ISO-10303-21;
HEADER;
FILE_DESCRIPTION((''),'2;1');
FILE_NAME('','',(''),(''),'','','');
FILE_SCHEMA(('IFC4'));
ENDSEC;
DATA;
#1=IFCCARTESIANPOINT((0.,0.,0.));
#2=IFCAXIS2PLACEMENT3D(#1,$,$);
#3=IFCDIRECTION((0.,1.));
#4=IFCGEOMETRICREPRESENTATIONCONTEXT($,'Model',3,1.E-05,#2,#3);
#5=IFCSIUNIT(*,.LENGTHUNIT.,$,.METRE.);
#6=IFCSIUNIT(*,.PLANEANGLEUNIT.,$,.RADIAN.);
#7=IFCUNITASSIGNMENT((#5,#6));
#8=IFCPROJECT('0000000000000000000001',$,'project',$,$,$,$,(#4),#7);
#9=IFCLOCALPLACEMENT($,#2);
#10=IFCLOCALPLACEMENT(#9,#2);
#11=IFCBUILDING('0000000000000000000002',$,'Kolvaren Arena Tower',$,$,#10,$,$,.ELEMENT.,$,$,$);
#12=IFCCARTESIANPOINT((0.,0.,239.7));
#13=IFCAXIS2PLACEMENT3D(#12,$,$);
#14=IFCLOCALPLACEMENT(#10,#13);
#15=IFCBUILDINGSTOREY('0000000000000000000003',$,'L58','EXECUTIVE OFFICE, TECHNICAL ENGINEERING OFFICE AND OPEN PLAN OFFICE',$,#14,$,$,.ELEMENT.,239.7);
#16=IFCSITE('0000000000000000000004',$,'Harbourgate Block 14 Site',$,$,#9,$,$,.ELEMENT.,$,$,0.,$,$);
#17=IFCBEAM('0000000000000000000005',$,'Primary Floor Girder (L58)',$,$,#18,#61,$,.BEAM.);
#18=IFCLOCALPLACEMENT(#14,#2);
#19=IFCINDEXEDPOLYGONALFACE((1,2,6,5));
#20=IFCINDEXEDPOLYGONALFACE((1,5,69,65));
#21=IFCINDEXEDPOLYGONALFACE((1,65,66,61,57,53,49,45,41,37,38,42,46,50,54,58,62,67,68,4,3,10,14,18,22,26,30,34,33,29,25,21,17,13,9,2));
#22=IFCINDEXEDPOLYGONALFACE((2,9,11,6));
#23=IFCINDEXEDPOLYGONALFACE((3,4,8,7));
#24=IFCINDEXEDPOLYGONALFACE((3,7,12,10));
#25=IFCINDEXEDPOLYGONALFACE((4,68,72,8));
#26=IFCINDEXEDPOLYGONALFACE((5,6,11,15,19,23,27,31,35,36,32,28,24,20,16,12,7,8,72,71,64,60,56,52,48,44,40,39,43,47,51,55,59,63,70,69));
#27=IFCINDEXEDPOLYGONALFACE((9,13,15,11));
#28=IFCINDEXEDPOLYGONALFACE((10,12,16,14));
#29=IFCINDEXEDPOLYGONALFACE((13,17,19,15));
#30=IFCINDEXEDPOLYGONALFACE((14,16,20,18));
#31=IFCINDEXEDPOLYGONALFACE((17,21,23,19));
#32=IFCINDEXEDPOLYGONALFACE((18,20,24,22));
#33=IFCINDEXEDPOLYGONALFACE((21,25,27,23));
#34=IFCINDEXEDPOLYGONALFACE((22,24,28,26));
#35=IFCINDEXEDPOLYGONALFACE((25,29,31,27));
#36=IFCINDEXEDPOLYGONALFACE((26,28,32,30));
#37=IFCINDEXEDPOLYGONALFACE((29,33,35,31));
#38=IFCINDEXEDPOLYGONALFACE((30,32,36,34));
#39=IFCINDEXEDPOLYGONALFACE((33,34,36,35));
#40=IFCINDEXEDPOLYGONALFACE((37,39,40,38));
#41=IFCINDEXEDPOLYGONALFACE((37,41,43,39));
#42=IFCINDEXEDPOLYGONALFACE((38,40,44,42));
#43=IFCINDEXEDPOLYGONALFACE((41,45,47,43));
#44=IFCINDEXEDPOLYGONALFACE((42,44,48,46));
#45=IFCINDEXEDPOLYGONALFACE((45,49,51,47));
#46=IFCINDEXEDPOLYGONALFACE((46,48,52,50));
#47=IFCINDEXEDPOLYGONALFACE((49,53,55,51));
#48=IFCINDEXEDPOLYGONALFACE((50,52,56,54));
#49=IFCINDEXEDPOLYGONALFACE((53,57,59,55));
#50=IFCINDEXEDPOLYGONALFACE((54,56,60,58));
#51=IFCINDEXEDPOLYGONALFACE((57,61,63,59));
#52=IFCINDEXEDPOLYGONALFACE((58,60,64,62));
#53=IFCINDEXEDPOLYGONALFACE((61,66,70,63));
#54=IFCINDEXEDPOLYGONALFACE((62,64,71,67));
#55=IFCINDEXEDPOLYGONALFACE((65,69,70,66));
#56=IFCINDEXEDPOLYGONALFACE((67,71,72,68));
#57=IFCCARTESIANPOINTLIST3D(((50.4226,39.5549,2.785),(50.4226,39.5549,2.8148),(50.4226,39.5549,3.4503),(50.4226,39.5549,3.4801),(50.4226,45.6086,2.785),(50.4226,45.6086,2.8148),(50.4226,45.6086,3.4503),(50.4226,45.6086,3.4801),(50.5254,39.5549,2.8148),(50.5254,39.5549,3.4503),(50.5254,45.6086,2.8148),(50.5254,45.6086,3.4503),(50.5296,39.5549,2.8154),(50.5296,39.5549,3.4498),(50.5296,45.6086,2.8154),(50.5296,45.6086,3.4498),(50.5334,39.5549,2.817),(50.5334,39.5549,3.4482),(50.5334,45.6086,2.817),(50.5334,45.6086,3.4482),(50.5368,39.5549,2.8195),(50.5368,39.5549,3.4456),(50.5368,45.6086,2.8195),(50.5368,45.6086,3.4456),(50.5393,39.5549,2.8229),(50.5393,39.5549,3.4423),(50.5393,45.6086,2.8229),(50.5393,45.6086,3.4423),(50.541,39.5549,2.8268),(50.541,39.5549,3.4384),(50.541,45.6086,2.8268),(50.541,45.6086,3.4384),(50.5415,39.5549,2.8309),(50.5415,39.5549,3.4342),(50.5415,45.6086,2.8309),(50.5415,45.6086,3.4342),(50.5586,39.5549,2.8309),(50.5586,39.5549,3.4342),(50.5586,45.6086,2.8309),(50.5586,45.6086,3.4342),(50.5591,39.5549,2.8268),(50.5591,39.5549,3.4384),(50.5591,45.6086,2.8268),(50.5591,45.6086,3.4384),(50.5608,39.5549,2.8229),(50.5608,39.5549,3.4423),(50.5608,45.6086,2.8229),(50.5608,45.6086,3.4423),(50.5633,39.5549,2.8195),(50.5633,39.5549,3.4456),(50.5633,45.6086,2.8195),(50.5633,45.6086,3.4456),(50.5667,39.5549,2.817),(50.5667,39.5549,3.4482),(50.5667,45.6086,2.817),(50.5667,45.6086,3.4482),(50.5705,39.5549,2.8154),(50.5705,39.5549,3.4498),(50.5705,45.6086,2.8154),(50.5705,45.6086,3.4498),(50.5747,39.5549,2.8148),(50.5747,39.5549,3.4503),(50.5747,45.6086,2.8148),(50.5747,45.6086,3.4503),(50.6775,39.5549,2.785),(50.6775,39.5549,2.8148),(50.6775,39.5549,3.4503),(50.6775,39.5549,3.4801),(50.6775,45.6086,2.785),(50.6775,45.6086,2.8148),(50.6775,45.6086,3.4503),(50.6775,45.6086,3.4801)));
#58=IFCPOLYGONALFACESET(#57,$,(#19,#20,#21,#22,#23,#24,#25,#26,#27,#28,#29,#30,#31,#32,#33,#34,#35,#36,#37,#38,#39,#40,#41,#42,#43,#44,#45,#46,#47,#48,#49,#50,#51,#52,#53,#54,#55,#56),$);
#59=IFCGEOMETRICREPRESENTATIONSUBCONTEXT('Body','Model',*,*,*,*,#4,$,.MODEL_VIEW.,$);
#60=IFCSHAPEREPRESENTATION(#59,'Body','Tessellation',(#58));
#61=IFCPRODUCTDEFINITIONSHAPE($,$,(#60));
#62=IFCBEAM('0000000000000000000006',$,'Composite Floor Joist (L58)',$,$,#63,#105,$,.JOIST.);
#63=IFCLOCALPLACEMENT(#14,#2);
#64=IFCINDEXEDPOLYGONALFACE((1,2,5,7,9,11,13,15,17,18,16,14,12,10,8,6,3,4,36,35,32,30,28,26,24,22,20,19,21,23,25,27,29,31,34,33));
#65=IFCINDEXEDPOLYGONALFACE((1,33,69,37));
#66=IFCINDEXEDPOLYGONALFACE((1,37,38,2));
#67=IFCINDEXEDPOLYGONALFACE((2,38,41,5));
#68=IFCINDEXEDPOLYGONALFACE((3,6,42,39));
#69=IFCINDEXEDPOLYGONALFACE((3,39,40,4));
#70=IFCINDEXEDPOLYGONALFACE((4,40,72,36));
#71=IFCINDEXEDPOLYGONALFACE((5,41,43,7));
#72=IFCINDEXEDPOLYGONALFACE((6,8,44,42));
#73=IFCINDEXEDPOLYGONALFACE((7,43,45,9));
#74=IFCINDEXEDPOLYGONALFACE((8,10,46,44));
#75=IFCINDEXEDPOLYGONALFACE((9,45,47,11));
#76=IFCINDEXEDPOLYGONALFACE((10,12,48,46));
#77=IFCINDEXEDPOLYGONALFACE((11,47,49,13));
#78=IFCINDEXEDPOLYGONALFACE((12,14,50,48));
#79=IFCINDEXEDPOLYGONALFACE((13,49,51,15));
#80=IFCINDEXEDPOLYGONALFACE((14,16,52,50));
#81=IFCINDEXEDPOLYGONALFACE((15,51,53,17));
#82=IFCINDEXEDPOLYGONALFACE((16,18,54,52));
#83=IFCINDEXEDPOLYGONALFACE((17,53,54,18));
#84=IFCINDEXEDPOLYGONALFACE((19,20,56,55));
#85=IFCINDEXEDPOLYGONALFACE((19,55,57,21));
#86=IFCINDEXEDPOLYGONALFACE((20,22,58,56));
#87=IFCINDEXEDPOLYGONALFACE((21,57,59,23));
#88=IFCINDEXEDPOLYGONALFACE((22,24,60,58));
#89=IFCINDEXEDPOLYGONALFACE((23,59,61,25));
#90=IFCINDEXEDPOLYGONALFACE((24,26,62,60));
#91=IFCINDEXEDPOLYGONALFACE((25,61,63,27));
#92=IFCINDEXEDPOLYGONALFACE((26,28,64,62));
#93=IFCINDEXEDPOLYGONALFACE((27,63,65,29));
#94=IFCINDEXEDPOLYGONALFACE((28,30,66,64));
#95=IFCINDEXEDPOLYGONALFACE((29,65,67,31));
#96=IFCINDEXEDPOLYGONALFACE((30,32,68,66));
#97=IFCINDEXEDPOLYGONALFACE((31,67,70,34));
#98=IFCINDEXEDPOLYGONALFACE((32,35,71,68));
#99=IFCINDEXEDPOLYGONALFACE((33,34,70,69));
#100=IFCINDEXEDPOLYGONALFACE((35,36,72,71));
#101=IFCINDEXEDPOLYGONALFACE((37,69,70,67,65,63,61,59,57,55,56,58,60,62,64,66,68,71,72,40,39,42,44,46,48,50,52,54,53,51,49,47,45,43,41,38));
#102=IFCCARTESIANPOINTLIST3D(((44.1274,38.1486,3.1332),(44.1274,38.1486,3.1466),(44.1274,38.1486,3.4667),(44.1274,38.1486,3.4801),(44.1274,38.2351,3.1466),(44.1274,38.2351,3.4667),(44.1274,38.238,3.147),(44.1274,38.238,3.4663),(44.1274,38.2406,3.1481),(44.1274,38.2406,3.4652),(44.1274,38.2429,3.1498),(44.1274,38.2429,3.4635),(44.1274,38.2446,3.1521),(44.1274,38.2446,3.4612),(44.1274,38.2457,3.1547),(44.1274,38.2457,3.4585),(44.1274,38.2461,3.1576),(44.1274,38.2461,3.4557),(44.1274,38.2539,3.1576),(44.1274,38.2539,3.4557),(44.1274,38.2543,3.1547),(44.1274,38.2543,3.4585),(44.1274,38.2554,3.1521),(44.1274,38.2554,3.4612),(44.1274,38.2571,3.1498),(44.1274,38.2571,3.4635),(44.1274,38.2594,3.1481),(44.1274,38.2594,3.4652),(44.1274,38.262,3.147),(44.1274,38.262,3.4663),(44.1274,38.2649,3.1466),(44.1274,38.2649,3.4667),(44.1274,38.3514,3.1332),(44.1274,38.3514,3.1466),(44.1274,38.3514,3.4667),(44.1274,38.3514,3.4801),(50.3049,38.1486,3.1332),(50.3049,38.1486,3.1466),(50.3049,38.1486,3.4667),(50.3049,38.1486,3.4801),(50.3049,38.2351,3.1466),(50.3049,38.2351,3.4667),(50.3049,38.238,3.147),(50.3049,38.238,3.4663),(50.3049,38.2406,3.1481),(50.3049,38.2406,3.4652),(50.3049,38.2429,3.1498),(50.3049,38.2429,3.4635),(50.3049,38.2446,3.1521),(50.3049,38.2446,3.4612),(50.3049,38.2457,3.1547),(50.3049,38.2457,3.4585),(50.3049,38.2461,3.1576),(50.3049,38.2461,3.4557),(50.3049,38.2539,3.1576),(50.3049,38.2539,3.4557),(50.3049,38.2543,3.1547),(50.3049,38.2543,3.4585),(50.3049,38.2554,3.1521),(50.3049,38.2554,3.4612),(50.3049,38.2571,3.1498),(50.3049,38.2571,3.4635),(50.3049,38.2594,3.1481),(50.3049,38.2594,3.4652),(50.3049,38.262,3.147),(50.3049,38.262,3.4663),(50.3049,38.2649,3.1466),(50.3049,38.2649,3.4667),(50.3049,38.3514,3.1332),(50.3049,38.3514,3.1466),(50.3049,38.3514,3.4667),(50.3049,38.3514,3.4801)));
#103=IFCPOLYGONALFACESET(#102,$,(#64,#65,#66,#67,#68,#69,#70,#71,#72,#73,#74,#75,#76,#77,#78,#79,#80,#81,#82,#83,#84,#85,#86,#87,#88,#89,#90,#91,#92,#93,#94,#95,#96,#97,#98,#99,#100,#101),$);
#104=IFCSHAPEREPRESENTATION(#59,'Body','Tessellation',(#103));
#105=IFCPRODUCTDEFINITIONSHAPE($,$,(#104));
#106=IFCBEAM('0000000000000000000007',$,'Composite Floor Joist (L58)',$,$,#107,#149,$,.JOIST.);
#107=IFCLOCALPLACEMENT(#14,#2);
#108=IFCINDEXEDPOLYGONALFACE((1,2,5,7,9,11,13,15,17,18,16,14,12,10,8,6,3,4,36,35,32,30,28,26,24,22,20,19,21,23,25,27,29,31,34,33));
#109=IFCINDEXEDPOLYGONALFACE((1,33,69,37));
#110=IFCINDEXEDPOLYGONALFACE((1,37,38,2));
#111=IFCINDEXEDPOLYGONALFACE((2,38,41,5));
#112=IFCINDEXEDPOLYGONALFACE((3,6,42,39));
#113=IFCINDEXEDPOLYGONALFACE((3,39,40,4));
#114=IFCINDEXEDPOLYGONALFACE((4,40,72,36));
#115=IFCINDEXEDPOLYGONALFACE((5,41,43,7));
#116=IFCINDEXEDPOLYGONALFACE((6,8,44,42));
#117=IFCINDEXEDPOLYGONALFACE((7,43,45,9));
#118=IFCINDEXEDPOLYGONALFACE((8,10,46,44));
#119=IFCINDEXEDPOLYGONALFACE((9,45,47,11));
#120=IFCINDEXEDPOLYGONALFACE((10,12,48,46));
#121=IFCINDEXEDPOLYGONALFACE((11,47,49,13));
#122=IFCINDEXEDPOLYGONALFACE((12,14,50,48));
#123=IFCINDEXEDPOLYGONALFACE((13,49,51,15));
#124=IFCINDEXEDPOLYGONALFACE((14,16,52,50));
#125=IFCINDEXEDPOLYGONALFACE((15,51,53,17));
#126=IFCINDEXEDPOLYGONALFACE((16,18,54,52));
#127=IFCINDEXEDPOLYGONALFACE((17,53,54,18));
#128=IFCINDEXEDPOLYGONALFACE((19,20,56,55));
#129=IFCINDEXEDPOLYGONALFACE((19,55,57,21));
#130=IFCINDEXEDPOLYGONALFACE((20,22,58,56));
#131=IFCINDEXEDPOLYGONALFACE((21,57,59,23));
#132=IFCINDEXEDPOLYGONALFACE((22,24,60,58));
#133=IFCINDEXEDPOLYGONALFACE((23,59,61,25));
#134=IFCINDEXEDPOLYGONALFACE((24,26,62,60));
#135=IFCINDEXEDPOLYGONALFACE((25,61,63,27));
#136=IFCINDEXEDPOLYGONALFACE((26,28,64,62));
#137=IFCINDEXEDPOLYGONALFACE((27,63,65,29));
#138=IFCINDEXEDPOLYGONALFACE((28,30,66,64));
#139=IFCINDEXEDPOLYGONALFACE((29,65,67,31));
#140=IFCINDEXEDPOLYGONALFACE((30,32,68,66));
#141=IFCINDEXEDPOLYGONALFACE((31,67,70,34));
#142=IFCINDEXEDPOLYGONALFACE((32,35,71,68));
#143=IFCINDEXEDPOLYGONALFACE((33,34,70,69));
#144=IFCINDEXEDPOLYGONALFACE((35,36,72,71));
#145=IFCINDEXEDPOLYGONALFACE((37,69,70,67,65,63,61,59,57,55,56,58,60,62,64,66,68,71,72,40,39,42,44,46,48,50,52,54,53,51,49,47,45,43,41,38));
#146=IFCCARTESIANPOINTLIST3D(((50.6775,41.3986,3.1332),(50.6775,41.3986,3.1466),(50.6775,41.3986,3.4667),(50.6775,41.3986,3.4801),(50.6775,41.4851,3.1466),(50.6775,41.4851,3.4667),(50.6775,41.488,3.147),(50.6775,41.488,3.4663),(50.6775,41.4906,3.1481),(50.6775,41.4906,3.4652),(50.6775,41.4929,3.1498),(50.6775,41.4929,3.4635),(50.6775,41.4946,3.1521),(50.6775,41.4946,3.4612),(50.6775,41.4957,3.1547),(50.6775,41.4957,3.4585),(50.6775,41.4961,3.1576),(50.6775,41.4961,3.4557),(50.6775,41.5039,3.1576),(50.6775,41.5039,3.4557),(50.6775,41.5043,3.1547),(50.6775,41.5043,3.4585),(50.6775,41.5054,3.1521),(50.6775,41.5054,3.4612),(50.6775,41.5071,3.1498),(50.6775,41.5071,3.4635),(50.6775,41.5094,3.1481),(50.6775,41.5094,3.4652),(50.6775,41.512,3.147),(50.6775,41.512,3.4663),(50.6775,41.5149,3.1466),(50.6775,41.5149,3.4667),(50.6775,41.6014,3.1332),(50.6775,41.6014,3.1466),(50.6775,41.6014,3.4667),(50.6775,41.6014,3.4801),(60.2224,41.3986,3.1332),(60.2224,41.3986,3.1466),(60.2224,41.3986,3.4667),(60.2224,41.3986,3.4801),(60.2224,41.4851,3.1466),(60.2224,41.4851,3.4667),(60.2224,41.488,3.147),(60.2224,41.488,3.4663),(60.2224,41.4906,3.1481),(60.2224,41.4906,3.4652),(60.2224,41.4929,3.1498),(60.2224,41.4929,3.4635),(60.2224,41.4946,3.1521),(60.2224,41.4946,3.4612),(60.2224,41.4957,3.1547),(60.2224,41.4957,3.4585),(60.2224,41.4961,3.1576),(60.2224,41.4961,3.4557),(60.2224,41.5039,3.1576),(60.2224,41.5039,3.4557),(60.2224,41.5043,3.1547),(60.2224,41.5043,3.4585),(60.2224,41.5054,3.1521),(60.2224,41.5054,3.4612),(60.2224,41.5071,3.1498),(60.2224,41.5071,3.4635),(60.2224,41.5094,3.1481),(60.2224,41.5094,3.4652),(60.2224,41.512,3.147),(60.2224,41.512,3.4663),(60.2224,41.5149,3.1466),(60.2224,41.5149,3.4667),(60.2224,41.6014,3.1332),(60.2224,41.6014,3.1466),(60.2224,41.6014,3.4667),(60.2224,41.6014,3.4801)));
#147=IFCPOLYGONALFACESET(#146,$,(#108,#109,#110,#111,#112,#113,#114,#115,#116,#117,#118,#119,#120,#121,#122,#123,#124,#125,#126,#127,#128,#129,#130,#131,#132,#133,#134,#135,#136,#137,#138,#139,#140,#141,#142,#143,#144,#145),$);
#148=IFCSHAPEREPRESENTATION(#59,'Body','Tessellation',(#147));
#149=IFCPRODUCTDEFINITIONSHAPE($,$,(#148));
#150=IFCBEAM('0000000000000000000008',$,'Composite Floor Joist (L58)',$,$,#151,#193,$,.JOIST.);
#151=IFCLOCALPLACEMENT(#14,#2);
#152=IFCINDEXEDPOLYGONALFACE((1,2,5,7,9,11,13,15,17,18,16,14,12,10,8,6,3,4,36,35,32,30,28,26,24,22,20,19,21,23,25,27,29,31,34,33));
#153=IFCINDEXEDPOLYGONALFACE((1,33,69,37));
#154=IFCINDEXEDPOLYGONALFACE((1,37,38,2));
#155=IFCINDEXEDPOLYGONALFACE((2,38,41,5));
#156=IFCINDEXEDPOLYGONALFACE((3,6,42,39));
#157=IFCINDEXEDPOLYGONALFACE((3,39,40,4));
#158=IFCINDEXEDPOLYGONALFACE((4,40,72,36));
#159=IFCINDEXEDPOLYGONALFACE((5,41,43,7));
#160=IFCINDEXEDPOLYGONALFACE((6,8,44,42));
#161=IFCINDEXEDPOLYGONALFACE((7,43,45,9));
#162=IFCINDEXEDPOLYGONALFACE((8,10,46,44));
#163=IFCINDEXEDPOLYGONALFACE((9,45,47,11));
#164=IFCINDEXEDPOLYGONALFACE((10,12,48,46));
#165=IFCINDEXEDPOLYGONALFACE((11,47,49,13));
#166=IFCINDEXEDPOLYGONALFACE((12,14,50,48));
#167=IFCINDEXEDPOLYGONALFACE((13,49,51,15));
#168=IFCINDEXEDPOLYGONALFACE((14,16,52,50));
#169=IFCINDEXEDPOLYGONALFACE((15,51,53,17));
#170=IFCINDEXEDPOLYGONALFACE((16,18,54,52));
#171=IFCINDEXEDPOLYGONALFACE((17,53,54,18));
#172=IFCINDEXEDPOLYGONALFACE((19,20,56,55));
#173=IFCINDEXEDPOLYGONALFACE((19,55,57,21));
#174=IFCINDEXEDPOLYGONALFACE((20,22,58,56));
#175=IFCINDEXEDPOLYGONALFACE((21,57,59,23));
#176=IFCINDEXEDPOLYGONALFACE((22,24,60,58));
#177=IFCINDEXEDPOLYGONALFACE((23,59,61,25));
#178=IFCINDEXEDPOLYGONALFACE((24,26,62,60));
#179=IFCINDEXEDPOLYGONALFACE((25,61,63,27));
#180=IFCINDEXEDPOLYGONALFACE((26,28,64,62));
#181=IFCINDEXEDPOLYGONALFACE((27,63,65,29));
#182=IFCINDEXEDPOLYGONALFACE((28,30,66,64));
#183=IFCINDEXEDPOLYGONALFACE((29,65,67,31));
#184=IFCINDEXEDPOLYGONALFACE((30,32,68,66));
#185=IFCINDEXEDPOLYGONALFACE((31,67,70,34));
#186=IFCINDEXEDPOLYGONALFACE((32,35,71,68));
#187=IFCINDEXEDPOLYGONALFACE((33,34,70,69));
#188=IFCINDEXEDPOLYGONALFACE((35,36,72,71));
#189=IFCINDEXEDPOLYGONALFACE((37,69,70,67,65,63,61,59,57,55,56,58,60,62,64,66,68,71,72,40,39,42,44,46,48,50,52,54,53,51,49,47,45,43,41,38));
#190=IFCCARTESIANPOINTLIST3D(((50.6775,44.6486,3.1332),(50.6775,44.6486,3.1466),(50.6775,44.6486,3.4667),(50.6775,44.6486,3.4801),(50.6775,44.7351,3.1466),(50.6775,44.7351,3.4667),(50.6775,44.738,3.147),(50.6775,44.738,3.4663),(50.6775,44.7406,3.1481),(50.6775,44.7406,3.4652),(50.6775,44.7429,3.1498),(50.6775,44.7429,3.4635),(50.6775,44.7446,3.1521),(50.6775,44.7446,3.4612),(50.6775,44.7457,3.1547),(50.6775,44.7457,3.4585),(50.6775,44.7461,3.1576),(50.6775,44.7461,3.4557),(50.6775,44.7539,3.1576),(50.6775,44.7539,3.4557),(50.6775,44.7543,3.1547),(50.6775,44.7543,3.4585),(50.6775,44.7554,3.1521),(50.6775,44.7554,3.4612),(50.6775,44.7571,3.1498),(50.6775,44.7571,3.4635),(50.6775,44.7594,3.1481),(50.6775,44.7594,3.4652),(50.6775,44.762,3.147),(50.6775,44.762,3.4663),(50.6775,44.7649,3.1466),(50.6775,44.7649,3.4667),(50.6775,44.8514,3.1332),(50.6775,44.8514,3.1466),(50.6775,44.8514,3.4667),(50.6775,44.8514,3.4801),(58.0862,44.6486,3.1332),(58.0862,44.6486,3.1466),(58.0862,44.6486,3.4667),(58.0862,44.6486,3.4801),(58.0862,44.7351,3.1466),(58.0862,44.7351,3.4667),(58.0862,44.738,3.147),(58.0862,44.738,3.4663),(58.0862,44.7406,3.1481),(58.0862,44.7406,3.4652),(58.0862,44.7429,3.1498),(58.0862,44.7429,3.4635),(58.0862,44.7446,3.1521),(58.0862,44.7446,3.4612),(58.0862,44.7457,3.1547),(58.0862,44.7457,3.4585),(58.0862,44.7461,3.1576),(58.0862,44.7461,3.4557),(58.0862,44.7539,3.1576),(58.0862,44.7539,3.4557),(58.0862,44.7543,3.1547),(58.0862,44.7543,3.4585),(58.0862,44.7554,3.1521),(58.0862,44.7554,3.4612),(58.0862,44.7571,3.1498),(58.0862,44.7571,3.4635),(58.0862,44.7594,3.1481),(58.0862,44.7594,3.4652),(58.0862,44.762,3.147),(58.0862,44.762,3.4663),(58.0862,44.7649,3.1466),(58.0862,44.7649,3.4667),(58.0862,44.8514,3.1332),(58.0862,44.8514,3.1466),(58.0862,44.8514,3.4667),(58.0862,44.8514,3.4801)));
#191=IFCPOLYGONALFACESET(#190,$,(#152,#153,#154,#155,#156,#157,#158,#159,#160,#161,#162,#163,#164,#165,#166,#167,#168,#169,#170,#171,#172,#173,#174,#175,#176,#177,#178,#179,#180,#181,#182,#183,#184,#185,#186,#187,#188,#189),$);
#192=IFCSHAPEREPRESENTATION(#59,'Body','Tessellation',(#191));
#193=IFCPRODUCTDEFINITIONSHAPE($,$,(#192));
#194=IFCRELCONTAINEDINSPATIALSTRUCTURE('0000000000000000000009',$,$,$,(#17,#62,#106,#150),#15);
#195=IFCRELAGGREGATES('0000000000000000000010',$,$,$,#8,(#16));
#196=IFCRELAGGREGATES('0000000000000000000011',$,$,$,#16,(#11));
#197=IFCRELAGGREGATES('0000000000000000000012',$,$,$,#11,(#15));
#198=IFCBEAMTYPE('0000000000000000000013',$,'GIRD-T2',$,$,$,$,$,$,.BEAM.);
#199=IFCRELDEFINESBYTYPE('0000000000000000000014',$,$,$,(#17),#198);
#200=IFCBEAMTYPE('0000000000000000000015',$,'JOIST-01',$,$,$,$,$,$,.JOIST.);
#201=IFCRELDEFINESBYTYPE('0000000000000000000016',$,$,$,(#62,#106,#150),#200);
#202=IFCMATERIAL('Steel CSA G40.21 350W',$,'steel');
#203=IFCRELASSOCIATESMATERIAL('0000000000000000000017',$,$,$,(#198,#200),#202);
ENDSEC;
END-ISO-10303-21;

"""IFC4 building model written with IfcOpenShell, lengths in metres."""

from ifc_helpers import new_model, si_unit, direction, frame, origin, origin_2d, place, context, subcontext, project, spatial, i_section, extrude, material, material_profile, profile_set, type_object, element, save


model = new_model("IFC4")

# Units and contexts
model_context = context("Model", 3, precision=1e-05, world=origin(), true_north=direction((0.0, 1.0)))
body_context = subcontext(model_context, "Body", "Model", "MODEL_VIEW")
ifc_project = project(units=[si_unit("LENGTHUNIT", "METRE"), si_unit("PLANEANGLEUNIT", "RADIAN")], contexts=[model_context])

# Site, building, storey
site_placement = place(None, origin())
site = spatial("IfcSite", under=ifc_project, at=site_placement, Name="Harbourgate Block 14 Site", CompositionType="ELEMENT", RefElevation=0.0)
building_placement = place(site_placement, origin())
building = spatial("IfcBuilding", under=site, at=building_placement, Name="Kolvaren Arena Tower", CompositionType="ELEMENT")
storey_placement = place(building_placement, frame((0.0, 0.0, 239.7)))
storey = spatial("IfcBuildingStorey", under=building, at=storey_placement, Name="L58", Description="EXECUTIVE OFFICE, TECHNICAL ENGINEERING OFFICE AND OPEN PLAN OFFICE", CompositionType="ELEMENT", Elevation=239.7)

# Beams
ifc_material_1 = material(Name="Steel CSA G40.21 350W", Category="steel")
ifc_material_profile_1 = material_profile(ifc_material_1, i_section(OverallWidth=0.2549, OverallDepth=0.6951, WebThickness=0.0171, FlangeThickness=0.0298, FilletRadius=0.0161, at=origin_2d()), Name="W690x217")
ifc_profile_set_1 = profile_set([ifc_material_profile_1], Name="Steel CSA G40.21 350W")
beam_type_1 = type_object("IfcBeamType", Name="GIRD-T2", PredefinedType="BEAM", material=ifc_profile_set_1)
beam_1_placement = place(storey_placement, frame((50.55, 39.5549, 3.1326), z_axis=(0.0, 1.0, 0.0), x_axis=(-1.0, 0.0, 0.0)))
element("IfcBeam", 1, at=beam_1_placement, inside=storey, type_object=beam_type_1, Name="Primary Floor Girder (L58)", PredefinedType="BEAM", context=body_context, shape_type="SweptSolid", body=[
    extrude(i_section(OverallWidth=0.2549, OverallDepth=0.6951, WebThickness=0.0171, FlangeThickness=0.0298, FilletRadius=0.0161, at=origin_2d()), origin(), (0.0, 0.0, 1.0), 6.0537),
])
ifc_material_profile_2 = material_profile(ifc_material_1, i_section(OverallWidth=0.2029, OverallDepth=0.3469, WebThickness=0.0078, FlangeThickness=0.0134, FilletRadius=0.011, at=origin_2d()), Name="W360x64")
ifc_profile_set_2 = profile_set([ifc_material_profile_2], Name="Steel CSA G40.21 350W")
beam_type_2 = type_object("IfcBeamType", Name="JOIST-01", PredefinedType="JOIST", material=ifc_profile_set_2)
beam_2_placement = place(storey_placement, frame((44.1274, 38.25, 3.3066), z_axis=(1.0, 0.0, 0.0), x_axis=(0.0, 1.0, 0.0)))
element("IfcBeam", 2, at=beam_2_placement, inside=storey, type_object=beam_type_2, Name="Composite Floor Joist (L58)", PredefinedType="JOIST", context=body_context, shape_type="SweptSolid", body=[
    extrude(i_section(OverallWidth=0.2029, OverallDepth=0.3469, WebThickness=0.0078, FlangeThickness=0.0134, FilletRadius=0.011, at=origin_2d()), origin(), (0.0, 0.0, 1.0), 6.1775),
])
beam_3_placement = place(storey_placement, frame((50.6775, 41.5, 3.3066), z_axis=(1.0, 0.0, 0.0), x_axis=(0.0, 1.0, 0.0)))
element("IfcBeam", 3, at=beam_3_placement, inside=storey, type_object=beam_type_2, Name="Composite Floor Joist (L58)", PredefinedType="JOIST", context=body_context, shape_type="SweptSolid", body=[
    extrude(i_section(OverallWidth=0.2029, OverallDepth=0.3469, WebThickness=0.0078, FlangeThickness=0.0134, FilletRadius=0.011, at=origin_2d()), origin(), (0.0, 0.0, 1.0), 9.5449),
])
beam_4_placement = place(storey_placement, frame((50.6775, 44.75, 3.3066), z_axis=(1.0, 0.0, 0.0), x_axis=(0.0, 1.0, 0.0)))
element("IfcBeam", 4, at=beam_4_placement, inside=storey, type_object=beam_type_2, Name="Composite Floor Joist (L58)", PredefinedType="JOIST", context=body_context, shape_type="SweptSolid", body=[
    extrude(i_section(OverallWidth=0.2029, OverallDepth=0.3469, WebThickness=0.0078, FlangeThickness=0.0134, FilletRadius=0.011, at=origin_2d()), origin(), (0.0, 0.0, 1.0), 7.4087),
])

save(model, "model.ifc")
